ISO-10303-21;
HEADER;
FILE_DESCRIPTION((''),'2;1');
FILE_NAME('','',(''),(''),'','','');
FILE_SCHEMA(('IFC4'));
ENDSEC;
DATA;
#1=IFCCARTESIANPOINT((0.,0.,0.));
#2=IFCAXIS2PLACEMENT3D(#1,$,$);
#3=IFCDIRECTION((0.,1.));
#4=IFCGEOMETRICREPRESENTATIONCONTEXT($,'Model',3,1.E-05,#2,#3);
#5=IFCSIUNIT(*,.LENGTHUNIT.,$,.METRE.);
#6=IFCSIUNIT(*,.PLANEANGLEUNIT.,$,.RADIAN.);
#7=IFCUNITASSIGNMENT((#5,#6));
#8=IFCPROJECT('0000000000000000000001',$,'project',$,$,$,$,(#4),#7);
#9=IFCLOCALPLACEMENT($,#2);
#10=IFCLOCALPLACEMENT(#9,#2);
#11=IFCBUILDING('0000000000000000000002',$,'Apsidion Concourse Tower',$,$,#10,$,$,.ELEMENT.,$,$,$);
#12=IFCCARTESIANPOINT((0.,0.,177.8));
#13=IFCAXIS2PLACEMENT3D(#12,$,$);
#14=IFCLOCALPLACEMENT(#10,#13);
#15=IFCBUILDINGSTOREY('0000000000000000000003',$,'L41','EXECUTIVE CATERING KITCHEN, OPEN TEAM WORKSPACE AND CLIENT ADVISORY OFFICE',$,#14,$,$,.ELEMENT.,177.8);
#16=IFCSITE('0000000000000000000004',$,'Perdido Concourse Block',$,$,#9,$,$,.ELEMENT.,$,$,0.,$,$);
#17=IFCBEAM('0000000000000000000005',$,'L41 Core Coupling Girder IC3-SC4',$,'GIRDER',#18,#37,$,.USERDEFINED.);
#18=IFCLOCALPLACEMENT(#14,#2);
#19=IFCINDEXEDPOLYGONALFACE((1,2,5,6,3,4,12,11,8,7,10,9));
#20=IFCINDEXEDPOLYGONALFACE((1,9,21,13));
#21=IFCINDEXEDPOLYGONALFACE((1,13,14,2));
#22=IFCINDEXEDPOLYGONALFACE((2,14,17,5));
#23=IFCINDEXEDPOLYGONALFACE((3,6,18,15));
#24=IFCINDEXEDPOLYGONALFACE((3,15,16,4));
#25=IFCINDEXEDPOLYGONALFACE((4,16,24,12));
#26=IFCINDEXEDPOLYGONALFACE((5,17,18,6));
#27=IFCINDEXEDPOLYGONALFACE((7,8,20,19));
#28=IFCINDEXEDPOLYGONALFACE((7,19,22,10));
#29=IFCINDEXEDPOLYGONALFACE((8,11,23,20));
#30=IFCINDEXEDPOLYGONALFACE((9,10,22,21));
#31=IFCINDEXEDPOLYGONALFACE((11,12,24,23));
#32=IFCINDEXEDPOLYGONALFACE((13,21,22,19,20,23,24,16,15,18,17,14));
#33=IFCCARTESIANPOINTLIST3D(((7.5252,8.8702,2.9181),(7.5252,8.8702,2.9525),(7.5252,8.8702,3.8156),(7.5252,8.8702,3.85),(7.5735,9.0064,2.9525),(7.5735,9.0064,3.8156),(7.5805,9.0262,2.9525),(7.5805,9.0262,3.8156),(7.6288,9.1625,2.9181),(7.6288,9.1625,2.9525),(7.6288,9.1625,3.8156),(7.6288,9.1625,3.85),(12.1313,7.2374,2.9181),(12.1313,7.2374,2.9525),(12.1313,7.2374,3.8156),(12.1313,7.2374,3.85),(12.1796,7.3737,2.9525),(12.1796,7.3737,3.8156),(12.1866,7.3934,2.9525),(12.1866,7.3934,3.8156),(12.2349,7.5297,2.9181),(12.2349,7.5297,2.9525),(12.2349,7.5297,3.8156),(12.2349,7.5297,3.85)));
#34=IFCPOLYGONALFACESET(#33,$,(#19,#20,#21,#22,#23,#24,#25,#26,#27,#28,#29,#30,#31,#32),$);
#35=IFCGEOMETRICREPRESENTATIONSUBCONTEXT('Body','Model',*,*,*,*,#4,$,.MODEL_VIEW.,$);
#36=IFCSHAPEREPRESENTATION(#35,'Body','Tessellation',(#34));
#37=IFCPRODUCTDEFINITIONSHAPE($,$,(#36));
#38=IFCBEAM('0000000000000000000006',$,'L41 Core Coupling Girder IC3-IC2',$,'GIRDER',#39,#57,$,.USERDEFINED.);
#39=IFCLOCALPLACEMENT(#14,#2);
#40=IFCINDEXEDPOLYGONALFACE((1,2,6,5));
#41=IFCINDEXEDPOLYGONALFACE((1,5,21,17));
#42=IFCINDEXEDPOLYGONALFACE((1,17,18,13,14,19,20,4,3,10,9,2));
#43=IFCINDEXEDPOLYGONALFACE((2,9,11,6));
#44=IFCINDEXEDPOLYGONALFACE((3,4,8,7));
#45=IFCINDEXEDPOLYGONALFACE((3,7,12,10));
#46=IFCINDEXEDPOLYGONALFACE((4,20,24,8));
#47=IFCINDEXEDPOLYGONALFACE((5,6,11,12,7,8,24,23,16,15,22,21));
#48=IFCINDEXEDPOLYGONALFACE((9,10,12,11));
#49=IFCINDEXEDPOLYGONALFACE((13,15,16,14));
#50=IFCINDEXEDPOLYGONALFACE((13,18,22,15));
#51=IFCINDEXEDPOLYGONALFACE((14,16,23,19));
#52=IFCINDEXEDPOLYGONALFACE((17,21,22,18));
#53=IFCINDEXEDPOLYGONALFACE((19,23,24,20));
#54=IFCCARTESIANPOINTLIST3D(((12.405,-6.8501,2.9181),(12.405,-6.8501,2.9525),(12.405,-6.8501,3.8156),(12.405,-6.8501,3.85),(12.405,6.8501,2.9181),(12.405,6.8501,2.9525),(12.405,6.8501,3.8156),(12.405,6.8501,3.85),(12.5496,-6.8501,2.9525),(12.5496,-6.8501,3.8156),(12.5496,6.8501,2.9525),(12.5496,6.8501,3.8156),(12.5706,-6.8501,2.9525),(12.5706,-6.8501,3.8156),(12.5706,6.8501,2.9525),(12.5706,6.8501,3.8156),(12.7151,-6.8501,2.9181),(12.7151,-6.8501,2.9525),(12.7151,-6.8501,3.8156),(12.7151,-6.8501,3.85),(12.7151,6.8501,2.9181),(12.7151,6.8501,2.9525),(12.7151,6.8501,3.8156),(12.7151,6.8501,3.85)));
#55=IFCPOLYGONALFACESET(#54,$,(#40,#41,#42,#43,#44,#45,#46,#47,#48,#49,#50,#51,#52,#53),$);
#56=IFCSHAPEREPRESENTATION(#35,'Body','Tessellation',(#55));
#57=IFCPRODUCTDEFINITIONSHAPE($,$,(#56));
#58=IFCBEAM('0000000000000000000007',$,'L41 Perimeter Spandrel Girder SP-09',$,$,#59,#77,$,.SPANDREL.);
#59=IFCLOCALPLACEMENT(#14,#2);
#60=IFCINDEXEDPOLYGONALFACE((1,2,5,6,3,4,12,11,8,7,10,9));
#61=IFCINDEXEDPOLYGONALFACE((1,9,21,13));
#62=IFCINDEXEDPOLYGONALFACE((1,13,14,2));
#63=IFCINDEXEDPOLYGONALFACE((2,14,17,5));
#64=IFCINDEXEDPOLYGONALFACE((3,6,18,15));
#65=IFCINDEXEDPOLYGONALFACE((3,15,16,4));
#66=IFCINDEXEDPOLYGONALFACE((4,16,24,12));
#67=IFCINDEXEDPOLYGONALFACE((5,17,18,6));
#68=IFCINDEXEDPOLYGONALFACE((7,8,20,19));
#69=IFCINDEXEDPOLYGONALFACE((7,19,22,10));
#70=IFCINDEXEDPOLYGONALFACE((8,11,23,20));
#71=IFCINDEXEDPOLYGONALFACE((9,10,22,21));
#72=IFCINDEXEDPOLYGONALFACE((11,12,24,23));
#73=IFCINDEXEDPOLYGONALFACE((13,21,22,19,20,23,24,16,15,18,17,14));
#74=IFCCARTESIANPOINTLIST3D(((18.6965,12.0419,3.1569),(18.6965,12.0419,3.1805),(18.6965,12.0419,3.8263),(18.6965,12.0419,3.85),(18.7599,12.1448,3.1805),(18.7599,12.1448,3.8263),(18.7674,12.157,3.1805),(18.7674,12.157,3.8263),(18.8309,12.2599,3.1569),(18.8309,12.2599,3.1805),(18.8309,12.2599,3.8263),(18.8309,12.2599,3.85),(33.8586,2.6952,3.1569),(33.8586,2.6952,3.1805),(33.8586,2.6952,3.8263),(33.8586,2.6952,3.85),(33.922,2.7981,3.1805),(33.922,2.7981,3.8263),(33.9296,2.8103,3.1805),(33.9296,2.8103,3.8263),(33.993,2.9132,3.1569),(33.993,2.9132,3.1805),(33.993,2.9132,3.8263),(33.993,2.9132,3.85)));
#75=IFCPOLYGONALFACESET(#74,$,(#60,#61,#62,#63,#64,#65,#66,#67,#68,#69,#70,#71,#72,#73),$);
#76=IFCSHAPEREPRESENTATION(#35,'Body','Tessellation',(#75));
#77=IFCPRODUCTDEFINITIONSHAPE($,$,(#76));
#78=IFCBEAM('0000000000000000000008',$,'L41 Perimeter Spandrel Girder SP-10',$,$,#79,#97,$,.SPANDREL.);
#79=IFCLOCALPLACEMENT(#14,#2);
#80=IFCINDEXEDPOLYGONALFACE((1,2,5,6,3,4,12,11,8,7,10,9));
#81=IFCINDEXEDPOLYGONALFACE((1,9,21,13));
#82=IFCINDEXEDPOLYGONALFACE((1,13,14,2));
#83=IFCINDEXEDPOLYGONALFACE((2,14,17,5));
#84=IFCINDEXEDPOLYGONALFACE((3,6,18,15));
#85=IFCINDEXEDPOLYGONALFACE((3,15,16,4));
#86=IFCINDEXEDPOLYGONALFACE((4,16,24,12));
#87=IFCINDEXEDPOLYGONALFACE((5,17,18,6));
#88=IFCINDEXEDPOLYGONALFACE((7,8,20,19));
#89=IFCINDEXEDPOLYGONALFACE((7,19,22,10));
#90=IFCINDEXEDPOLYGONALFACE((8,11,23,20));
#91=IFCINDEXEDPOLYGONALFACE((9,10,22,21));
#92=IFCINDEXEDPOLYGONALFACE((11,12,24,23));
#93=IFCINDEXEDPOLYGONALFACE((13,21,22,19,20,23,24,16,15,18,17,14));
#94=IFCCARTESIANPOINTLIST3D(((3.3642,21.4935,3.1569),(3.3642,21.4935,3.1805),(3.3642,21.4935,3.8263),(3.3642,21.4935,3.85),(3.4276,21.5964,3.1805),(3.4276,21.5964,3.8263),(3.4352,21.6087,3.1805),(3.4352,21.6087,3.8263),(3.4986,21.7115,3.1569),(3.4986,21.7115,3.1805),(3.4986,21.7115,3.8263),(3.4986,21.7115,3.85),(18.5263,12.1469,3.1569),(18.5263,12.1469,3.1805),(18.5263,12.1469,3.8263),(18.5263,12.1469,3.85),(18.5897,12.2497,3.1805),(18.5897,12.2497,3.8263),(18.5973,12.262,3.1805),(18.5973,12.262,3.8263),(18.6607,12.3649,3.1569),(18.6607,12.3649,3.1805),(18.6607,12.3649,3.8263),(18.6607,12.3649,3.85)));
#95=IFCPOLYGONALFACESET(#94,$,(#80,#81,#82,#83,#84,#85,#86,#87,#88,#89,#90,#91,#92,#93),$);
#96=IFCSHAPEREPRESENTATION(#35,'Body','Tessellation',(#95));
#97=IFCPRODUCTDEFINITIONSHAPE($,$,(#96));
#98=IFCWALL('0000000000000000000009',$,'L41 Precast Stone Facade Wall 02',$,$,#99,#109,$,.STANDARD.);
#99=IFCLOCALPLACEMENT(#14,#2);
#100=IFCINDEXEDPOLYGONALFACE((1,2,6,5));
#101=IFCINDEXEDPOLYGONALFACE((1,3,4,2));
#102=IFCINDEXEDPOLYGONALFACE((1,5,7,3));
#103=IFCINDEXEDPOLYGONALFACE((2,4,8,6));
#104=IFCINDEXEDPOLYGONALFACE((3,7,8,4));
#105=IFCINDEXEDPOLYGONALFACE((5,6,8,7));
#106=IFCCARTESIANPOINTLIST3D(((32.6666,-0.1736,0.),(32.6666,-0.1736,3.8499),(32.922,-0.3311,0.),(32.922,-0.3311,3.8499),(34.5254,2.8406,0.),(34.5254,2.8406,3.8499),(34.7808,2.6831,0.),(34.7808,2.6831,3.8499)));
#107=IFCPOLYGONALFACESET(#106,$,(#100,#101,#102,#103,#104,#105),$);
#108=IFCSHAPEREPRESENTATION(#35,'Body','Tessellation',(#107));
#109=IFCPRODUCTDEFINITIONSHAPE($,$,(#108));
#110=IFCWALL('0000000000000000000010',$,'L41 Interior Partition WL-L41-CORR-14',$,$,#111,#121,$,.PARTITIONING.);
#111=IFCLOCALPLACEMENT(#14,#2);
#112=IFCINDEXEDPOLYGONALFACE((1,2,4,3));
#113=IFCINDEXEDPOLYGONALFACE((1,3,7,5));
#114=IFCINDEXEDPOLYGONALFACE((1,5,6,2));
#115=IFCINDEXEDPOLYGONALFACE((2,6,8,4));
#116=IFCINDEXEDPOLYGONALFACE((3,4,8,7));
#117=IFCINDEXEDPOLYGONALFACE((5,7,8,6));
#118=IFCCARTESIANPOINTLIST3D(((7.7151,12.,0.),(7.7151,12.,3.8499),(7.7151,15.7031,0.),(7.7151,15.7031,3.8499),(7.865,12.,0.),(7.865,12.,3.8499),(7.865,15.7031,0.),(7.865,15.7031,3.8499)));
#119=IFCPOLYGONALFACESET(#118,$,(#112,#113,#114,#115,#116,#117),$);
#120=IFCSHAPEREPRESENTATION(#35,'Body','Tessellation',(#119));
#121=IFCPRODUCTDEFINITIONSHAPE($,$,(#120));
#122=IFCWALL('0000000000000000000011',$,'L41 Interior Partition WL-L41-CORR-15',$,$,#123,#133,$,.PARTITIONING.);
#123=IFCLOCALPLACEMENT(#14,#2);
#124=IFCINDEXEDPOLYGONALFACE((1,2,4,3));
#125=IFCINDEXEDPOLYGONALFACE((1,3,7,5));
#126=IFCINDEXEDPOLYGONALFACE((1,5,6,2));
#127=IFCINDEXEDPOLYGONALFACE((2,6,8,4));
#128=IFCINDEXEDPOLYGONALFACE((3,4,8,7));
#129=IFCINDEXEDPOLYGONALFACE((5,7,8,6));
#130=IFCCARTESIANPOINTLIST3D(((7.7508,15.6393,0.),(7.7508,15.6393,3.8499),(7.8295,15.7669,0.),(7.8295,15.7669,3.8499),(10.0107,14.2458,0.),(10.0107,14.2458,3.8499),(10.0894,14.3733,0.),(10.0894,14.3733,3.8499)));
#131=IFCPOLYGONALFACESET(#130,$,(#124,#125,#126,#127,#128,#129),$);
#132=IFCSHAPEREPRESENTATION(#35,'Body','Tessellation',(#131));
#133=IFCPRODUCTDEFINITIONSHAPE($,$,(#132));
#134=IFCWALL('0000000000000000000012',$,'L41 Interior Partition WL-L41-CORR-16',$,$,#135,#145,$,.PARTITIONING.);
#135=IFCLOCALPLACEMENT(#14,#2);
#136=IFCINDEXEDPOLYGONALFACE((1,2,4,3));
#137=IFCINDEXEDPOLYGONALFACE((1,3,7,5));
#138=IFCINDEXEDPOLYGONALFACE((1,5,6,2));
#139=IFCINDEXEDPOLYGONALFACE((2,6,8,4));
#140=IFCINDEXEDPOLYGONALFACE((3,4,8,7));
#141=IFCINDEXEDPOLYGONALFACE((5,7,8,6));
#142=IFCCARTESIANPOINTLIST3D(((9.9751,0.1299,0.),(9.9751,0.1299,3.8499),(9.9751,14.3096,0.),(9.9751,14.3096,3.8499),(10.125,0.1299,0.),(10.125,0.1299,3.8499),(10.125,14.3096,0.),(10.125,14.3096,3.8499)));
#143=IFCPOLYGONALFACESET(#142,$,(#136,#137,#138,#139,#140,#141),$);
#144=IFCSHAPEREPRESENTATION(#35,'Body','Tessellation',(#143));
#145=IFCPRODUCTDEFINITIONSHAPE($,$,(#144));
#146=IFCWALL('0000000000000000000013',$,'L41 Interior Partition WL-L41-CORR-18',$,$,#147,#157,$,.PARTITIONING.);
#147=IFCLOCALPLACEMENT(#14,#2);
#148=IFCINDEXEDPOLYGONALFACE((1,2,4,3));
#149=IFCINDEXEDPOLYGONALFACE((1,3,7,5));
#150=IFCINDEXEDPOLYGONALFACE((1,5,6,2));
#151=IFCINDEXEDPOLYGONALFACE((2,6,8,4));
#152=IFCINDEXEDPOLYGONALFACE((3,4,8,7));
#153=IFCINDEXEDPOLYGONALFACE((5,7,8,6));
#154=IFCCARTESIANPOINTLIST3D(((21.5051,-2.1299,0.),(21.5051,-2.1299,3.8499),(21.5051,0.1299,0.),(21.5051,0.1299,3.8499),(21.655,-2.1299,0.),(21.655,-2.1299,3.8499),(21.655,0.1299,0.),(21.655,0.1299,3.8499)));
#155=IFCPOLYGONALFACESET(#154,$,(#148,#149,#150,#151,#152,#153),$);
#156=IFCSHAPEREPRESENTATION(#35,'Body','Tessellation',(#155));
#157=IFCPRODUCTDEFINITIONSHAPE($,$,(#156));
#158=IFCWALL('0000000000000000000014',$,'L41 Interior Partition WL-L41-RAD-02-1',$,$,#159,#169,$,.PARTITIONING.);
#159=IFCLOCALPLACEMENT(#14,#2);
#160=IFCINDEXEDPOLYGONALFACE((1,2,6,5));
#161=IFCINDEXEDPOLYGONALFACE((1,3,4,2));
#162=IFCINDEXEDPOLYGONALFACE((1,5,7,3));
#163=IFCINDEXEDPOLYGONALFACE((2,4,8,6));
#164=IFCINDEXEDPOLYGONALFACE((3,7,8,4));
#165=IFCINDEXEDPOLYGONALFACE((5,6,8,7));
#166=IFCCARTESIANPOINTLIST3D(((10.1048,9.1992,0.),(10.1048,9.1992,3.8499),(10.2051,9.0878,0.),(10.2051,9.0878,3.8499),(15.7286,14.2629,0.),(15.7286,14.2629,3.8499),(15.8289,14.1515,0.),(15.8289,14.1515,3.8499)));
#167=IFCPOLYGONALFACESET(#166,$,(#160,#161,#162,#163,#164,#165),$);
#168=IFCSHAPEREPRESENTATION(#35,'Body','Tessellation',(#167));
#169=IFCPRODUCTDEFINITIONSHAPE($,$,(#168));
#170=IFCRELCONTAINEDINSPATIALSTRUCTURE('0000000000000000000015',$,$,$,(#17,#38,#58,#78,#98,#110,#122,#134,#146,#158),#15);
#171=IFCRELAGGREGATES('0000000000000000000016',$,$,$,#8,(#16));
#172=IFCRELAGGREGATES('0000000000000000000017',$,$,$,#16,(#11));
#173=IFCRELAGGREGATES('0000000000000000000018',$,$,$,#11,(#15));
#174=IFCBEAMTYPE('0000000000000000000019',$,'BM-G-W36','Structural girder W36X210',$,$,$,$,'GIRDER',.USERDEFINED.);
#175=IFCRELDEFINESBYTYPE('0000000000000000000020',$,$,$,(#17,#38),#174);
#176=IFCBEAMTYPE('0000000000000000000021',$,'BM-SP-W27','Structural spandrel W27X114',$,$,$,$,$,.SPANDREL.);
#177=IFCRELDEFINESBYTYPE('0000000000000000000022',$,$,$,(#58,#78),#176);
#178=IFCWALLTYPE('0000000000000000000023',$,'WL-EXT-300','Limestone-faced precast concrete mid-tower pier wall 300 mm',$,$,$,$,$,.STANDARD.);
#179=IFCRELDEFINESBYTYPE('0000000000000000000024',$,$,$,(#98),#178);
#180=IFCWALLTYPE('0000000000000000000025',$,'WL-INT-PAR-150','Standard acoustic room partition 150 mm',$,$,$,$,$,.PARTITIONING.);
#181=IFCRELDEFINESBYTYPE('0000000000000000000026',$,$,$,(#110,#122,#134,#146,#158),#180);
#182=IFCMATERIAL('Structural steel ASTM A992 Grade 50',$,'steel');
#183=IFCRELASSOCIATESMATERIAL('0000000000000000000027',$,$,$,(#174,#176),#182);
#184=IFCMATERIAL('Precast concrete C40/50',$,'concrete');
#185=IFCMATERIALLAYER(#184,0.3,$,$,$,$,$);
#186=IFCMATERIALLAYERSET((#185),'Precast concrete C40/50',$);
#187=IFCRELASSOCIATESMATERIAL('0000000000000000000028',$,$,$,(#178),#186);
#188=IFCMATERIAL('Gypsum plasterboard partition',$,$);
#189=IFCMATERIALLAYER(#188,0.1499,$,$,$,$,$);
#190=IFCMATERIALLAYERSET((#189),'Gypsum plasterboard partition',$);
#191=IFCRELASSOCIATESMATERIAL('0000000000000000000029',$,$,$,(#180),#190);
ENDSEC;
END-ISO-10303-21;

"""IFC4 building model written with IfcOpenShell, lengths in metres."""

from ifc_helpers import new_model, si_unit, direction, frame, frame_2d, origin, origin_2d, place, context, subcontext, project, spatial, rectangle, i_section, extrude, material, layer, layer_set, material_profile, profile_set, type_object, element, save


model = new_model("IFC4")

# Units and contexts
model_context = context("Model", 3, precision=1e-05, world=origin(), true_north=direction((0.0, 1.0)))
body_context = subcontext(model_context, "Body", "Model", "MODEL_VIEW")
ifc_project = project(units=[si_unit("LENGTHUNIT", "METRE"), si_unit("PLANEANGLEUNIT", "RADIAN")], contexts=[model_context])

# Site, building, storey
site_placement = place(None, origin())
site = spatial("IfcSite", under=ifc_project, at=site_placement, Name="Perdido Concourse Block", CompositionType="ELEMENT", RefElevation=0.0)
building_placement = place(site_placement, origin())
building = spatial("IfcBuilding", under=site, at=building_placement, Name="Apsidion Concourse Tower", CompositionType="ELEMENT")
storey_placement = place(building_placement, frame((0.0, 0.0, 177.8)))
storey = spatial("IfcBuildingStorey", under=building, at=storey_placement, Name="L41", Description="EXECUTIVE CATERING KITCHEN, OPEN TEAM WORKSPACE AND CLIENT ADVISORY OFFICE", CompositionType="ELEMENT", Elevation=177.8)

# Shared definitions
ifc_material_1 = material(Name="Structural steel ASTM A992 Grade 50", Category="steel")

# Beams
ifc_material_profile_1 = material_profile(ifc_material_1, i_section(OverallWidth=0.3101, OverallDepth=0.9319, WebThickness=0.021, FlangeThickness=0.0344, at=origin_2d()), Name="W36X210")
ifc_profile_set_1 = profile_set([ifc_material_profile_1], Name="Structural steel ASTM A992 Grade 50")
beam_type_1 = type_object("IfcBeamType", Name="BM-G-W36", Description="Structural girder W36X210", ElementType="GIRDER", PredefinedType="USERDEFINED", material=ifc_profile_set_1)
beam_1_placement = place(storey_placement, frame((12.1831, 7.3835, 3.384), z_axis=(-0.942534, 0.334111, 0.0), x_axis=(-0.334111, -0.942534, 0.0)))
element("IfcBeam", 1, at=beam_1_placement, inside=storey, type_object=beam_type_1, Name="L41 Core Coupling Girder IC3-SC4", ObjectType="GIRDER", PredefinedType="USERDEFINED", context=body_context, shape_type="SweptSolid", body=[
    extrude(i_section(OverallWidth=0.3101, OverallDepth=0.9319, WebThickness=0.021, FlangeThickness=0.0344, at=origin_2d()), origin(), (0.0, 0.0, 1.0), 4.887),
])
beam_2_placement = place(storey_placement, frame((12.5601, 6.8501, 3.384), z_axis=(0.0, -1.0, 0.0), x_axis=(1.0, 0.0, 0.0)))
element("IfcBeam", 2, at=beam_2_placement, inside=storey, type_object=beam_type_1, Name="L41 Core Coupling Girder IC3-IC2", ObjectType="GIRDER", PredefinedType="USERDEFINED", context=body_context, shape_type="SweptSolid", body=[
    extrude(i_section(OverallWidth=0.3101, OverallDepth=0.9319, WebThickness=0.021, FlangeThickness=0.0344, at=origin_2d()), origin(), (0.0, 0.0, 1.0), 13.7002),
])
ifc_material_profile_2 = material_profile(ifc_material_1, i_section(OverallWidth=0.2561, OverallDepth=0.6931, WebThickness=0.0144, FlangeThickness=0.0237, at=origin_2d()), Name="W27X114")
ifc_profile_set_2 = profile_set([ifc_material_profile_2], Name="Structural steel ASTM A992 Grade 50")
beam_type_2 = type_object("IfcBeamType", Name="BM-SP-W27", Description="Structural spandrel W27X114", PredefinedType="SPANDREL", material=ifc_profile_set_2)
for number, where, z_axis, x_axis, name in (
    (3, (33.9258, 2.8042, 3.5034), (-0.851253, 0.524755, 0.0), (-0.524755, -0.851253, 0.0), "L41 Perimeter Spandrel Girder SP-09"),
    (4, (18.5935, 12.2559, 3.5034), (-0.851253, 0.524755, 0.0), (-0.524755, -0.851253, 0.0), "L41 Perimeter Spandrel Girder SP-10"),
):
    element("IfcBeam", number, at=place(storey_placement, frame(where, z_axis=z_axis, x_axis=x_axis)), inside=storey, type_object=beam_type_2, Name=name, PredefinedType="SPANDREL", context=body_context, shape_type="SweptSolid", body=[
        extrude(i_section(OverallWidth=0.2561, OverallDepth=0.6931, WebThickness=0.0144, FlangeThickness=0.0237, at=origin_2d()), origin(), (0.0, 0.0, 1.0), 17.8115),
    ])

# Walls
ifc_material_2 = material(Name="Precast concrete C40/50", Category="concrete")
ifc_layer_1 = layer(ifc_material_2, 0.3)
ifc_layer_set_1 = layer_set([ifc_layer_1], Name="Precast concrete C40/50")
wall_type_1 = type_object("IfcWallType", Name="WL-EXT-300", Description="Limestone-faced precast concrete mid-tower pier wall 300 mm", PredefinedType="STANDARD", material=ifc_layer_set_1)
wall_1_placement = place(storey_placement, frame((34.6531, 2.7617, 0.0), z_axis=(0.0, 0.0, 1.0), x_axis=(-0.52492, -0.851151, 0.0)))
element("IfcWall", 5, at=wall_1_placement, inside=storey, type_object=wall_type_1, Name="L41 Precast Stone Facade Wall 02", PredefinedType="STANDARD", context=body_context, shape_type="SweptSolid", body=[
    extrude(rectangle(XDim=3.5413, YDim=0.3, at=frame_2d((1.7705, 0.0))), origin(), (0.0, 0.0, 1.0), 3.8499),
])
ifc_material_3 = material(Name="Gypsum plasterboard partition")
ifc_layer_2 = layer(ifc_material_3, 0.1499)
ifc_layer_set_2 = layer_set([ifc_layer_2], Name="Gypsum plasterboard partition")
wall_type_2 = type_object("IfcWallType", Name="WL-INT-PAR-150", Description="Standard acoustic room partition 150 mm", PredefinedType="PARTITIONING", material=ifc_layer_set_2)
wall_2_placement = place(storey_placement, frame((7.79, 12.0, 0.0), z_axis=(0.0, 0.0, 1.0), x_axis=(0.0, 1.0, 0.0)))
element("IfcWall", 6, at=wall_2_placement, inside=storey, type_object=wall_type_2, Name="L41 Interior Partition WL-L41-CORR-14", PredefinedType="PARTITIONING", context=body_context, shape_type="SweptSolid", body=[
    extrude(rectangle(XDim=3.7031, YDim=0.1499, at=frame_2d((1.8516, 0.0))), origin(), (0.0, 0.0, 1.0), 3.8499),
])
wall_3_placement = place(storey_placement, frame((7.79, 15.7031, 0.0), z_axis=(0.0, 0.0, 1.0), x_axis=(0.851191, -0.524857, 0.0)))
element("IfcWall", 7, at=wall_3_placement, inside=storey, type_object=wall_type_2, Name="L41 Interior Partition WL-L41-CORR-15", PredefinedType="PARTITIONING", context=body_context, shape_type="SweptSolid", body=[
    extrude(rectangle(XDim=2.655, YDim=0.1499, at=frame_2d((1.3276, 0.0))), origin(), (0.0, 0.0, 1.0), 3.8499),
])
wall_4_placement = place(storey_placement, frame((10.05, 14.3096, 0.0), z_axis=(0.0, 0.0, 1.0), x_axis=(0.0, -1.0, 0.0)))
element("IfcWall", 8, at=wall_4_placement, inside=storey, type_object=wall_type_2, Name="L41 Interior Partition WL-L41-CORR-16", PredefinedType="PARTITIONING", context=body_context, shape_type="SweptSolid", body=[
    extrude(rectangle(XDim=14.1797, YDim=0.1499, at=frame_2d((7.0898, 0.0))), origin(), (0.0, 0.0, 1.0), 3.8499),
])
wall_5_placement = place(storey_placement, frame((21.5801, 0.1299, 0.0), z_axis=(0.0, 0.0, 1.0), x_axis=(0.0, -1.0, 0.0)))
element("IfcWall", 9, at=wall_5_placement, inside=storey, type_object=wall_type_2, Name="L41 Interior Partition WL-L41-CORR-18", PredefinedType="PARTITIONING", context=body_context, shape_type="SweptSolid", body=[
    extrude(rectangle(XDim=2.2598, YDim=0.1499, at=frame_2d((1.1299, 0.0))), origin(), (0.0, 0.0, 1.0), 3.8499),
])
wall_6_placement = place(storey_placement, frame((10.155, 9.1436, 0.0), z_axis=(0.0, 0.0, 1.0), x_axis=(0.743142, 0.669134, 0.0)))
element("IfcWall", 10, at=wall_6_placement, inside=storey, type_object=wall_type_2, Name="L41 Interior Partition WL-L41-RAD-02-1", PredefinedType="PARTITIONING", context=body_context, shape_type="SweptSolid", body=[
    extrude(rectangle(XDim=7.5676, YDim=0.1499, at=frame_2d((3.7837, 0.0))), origin(), (0.0, 0.0, 1.0), 3.8499),
])

save(model, "model.ifc")
